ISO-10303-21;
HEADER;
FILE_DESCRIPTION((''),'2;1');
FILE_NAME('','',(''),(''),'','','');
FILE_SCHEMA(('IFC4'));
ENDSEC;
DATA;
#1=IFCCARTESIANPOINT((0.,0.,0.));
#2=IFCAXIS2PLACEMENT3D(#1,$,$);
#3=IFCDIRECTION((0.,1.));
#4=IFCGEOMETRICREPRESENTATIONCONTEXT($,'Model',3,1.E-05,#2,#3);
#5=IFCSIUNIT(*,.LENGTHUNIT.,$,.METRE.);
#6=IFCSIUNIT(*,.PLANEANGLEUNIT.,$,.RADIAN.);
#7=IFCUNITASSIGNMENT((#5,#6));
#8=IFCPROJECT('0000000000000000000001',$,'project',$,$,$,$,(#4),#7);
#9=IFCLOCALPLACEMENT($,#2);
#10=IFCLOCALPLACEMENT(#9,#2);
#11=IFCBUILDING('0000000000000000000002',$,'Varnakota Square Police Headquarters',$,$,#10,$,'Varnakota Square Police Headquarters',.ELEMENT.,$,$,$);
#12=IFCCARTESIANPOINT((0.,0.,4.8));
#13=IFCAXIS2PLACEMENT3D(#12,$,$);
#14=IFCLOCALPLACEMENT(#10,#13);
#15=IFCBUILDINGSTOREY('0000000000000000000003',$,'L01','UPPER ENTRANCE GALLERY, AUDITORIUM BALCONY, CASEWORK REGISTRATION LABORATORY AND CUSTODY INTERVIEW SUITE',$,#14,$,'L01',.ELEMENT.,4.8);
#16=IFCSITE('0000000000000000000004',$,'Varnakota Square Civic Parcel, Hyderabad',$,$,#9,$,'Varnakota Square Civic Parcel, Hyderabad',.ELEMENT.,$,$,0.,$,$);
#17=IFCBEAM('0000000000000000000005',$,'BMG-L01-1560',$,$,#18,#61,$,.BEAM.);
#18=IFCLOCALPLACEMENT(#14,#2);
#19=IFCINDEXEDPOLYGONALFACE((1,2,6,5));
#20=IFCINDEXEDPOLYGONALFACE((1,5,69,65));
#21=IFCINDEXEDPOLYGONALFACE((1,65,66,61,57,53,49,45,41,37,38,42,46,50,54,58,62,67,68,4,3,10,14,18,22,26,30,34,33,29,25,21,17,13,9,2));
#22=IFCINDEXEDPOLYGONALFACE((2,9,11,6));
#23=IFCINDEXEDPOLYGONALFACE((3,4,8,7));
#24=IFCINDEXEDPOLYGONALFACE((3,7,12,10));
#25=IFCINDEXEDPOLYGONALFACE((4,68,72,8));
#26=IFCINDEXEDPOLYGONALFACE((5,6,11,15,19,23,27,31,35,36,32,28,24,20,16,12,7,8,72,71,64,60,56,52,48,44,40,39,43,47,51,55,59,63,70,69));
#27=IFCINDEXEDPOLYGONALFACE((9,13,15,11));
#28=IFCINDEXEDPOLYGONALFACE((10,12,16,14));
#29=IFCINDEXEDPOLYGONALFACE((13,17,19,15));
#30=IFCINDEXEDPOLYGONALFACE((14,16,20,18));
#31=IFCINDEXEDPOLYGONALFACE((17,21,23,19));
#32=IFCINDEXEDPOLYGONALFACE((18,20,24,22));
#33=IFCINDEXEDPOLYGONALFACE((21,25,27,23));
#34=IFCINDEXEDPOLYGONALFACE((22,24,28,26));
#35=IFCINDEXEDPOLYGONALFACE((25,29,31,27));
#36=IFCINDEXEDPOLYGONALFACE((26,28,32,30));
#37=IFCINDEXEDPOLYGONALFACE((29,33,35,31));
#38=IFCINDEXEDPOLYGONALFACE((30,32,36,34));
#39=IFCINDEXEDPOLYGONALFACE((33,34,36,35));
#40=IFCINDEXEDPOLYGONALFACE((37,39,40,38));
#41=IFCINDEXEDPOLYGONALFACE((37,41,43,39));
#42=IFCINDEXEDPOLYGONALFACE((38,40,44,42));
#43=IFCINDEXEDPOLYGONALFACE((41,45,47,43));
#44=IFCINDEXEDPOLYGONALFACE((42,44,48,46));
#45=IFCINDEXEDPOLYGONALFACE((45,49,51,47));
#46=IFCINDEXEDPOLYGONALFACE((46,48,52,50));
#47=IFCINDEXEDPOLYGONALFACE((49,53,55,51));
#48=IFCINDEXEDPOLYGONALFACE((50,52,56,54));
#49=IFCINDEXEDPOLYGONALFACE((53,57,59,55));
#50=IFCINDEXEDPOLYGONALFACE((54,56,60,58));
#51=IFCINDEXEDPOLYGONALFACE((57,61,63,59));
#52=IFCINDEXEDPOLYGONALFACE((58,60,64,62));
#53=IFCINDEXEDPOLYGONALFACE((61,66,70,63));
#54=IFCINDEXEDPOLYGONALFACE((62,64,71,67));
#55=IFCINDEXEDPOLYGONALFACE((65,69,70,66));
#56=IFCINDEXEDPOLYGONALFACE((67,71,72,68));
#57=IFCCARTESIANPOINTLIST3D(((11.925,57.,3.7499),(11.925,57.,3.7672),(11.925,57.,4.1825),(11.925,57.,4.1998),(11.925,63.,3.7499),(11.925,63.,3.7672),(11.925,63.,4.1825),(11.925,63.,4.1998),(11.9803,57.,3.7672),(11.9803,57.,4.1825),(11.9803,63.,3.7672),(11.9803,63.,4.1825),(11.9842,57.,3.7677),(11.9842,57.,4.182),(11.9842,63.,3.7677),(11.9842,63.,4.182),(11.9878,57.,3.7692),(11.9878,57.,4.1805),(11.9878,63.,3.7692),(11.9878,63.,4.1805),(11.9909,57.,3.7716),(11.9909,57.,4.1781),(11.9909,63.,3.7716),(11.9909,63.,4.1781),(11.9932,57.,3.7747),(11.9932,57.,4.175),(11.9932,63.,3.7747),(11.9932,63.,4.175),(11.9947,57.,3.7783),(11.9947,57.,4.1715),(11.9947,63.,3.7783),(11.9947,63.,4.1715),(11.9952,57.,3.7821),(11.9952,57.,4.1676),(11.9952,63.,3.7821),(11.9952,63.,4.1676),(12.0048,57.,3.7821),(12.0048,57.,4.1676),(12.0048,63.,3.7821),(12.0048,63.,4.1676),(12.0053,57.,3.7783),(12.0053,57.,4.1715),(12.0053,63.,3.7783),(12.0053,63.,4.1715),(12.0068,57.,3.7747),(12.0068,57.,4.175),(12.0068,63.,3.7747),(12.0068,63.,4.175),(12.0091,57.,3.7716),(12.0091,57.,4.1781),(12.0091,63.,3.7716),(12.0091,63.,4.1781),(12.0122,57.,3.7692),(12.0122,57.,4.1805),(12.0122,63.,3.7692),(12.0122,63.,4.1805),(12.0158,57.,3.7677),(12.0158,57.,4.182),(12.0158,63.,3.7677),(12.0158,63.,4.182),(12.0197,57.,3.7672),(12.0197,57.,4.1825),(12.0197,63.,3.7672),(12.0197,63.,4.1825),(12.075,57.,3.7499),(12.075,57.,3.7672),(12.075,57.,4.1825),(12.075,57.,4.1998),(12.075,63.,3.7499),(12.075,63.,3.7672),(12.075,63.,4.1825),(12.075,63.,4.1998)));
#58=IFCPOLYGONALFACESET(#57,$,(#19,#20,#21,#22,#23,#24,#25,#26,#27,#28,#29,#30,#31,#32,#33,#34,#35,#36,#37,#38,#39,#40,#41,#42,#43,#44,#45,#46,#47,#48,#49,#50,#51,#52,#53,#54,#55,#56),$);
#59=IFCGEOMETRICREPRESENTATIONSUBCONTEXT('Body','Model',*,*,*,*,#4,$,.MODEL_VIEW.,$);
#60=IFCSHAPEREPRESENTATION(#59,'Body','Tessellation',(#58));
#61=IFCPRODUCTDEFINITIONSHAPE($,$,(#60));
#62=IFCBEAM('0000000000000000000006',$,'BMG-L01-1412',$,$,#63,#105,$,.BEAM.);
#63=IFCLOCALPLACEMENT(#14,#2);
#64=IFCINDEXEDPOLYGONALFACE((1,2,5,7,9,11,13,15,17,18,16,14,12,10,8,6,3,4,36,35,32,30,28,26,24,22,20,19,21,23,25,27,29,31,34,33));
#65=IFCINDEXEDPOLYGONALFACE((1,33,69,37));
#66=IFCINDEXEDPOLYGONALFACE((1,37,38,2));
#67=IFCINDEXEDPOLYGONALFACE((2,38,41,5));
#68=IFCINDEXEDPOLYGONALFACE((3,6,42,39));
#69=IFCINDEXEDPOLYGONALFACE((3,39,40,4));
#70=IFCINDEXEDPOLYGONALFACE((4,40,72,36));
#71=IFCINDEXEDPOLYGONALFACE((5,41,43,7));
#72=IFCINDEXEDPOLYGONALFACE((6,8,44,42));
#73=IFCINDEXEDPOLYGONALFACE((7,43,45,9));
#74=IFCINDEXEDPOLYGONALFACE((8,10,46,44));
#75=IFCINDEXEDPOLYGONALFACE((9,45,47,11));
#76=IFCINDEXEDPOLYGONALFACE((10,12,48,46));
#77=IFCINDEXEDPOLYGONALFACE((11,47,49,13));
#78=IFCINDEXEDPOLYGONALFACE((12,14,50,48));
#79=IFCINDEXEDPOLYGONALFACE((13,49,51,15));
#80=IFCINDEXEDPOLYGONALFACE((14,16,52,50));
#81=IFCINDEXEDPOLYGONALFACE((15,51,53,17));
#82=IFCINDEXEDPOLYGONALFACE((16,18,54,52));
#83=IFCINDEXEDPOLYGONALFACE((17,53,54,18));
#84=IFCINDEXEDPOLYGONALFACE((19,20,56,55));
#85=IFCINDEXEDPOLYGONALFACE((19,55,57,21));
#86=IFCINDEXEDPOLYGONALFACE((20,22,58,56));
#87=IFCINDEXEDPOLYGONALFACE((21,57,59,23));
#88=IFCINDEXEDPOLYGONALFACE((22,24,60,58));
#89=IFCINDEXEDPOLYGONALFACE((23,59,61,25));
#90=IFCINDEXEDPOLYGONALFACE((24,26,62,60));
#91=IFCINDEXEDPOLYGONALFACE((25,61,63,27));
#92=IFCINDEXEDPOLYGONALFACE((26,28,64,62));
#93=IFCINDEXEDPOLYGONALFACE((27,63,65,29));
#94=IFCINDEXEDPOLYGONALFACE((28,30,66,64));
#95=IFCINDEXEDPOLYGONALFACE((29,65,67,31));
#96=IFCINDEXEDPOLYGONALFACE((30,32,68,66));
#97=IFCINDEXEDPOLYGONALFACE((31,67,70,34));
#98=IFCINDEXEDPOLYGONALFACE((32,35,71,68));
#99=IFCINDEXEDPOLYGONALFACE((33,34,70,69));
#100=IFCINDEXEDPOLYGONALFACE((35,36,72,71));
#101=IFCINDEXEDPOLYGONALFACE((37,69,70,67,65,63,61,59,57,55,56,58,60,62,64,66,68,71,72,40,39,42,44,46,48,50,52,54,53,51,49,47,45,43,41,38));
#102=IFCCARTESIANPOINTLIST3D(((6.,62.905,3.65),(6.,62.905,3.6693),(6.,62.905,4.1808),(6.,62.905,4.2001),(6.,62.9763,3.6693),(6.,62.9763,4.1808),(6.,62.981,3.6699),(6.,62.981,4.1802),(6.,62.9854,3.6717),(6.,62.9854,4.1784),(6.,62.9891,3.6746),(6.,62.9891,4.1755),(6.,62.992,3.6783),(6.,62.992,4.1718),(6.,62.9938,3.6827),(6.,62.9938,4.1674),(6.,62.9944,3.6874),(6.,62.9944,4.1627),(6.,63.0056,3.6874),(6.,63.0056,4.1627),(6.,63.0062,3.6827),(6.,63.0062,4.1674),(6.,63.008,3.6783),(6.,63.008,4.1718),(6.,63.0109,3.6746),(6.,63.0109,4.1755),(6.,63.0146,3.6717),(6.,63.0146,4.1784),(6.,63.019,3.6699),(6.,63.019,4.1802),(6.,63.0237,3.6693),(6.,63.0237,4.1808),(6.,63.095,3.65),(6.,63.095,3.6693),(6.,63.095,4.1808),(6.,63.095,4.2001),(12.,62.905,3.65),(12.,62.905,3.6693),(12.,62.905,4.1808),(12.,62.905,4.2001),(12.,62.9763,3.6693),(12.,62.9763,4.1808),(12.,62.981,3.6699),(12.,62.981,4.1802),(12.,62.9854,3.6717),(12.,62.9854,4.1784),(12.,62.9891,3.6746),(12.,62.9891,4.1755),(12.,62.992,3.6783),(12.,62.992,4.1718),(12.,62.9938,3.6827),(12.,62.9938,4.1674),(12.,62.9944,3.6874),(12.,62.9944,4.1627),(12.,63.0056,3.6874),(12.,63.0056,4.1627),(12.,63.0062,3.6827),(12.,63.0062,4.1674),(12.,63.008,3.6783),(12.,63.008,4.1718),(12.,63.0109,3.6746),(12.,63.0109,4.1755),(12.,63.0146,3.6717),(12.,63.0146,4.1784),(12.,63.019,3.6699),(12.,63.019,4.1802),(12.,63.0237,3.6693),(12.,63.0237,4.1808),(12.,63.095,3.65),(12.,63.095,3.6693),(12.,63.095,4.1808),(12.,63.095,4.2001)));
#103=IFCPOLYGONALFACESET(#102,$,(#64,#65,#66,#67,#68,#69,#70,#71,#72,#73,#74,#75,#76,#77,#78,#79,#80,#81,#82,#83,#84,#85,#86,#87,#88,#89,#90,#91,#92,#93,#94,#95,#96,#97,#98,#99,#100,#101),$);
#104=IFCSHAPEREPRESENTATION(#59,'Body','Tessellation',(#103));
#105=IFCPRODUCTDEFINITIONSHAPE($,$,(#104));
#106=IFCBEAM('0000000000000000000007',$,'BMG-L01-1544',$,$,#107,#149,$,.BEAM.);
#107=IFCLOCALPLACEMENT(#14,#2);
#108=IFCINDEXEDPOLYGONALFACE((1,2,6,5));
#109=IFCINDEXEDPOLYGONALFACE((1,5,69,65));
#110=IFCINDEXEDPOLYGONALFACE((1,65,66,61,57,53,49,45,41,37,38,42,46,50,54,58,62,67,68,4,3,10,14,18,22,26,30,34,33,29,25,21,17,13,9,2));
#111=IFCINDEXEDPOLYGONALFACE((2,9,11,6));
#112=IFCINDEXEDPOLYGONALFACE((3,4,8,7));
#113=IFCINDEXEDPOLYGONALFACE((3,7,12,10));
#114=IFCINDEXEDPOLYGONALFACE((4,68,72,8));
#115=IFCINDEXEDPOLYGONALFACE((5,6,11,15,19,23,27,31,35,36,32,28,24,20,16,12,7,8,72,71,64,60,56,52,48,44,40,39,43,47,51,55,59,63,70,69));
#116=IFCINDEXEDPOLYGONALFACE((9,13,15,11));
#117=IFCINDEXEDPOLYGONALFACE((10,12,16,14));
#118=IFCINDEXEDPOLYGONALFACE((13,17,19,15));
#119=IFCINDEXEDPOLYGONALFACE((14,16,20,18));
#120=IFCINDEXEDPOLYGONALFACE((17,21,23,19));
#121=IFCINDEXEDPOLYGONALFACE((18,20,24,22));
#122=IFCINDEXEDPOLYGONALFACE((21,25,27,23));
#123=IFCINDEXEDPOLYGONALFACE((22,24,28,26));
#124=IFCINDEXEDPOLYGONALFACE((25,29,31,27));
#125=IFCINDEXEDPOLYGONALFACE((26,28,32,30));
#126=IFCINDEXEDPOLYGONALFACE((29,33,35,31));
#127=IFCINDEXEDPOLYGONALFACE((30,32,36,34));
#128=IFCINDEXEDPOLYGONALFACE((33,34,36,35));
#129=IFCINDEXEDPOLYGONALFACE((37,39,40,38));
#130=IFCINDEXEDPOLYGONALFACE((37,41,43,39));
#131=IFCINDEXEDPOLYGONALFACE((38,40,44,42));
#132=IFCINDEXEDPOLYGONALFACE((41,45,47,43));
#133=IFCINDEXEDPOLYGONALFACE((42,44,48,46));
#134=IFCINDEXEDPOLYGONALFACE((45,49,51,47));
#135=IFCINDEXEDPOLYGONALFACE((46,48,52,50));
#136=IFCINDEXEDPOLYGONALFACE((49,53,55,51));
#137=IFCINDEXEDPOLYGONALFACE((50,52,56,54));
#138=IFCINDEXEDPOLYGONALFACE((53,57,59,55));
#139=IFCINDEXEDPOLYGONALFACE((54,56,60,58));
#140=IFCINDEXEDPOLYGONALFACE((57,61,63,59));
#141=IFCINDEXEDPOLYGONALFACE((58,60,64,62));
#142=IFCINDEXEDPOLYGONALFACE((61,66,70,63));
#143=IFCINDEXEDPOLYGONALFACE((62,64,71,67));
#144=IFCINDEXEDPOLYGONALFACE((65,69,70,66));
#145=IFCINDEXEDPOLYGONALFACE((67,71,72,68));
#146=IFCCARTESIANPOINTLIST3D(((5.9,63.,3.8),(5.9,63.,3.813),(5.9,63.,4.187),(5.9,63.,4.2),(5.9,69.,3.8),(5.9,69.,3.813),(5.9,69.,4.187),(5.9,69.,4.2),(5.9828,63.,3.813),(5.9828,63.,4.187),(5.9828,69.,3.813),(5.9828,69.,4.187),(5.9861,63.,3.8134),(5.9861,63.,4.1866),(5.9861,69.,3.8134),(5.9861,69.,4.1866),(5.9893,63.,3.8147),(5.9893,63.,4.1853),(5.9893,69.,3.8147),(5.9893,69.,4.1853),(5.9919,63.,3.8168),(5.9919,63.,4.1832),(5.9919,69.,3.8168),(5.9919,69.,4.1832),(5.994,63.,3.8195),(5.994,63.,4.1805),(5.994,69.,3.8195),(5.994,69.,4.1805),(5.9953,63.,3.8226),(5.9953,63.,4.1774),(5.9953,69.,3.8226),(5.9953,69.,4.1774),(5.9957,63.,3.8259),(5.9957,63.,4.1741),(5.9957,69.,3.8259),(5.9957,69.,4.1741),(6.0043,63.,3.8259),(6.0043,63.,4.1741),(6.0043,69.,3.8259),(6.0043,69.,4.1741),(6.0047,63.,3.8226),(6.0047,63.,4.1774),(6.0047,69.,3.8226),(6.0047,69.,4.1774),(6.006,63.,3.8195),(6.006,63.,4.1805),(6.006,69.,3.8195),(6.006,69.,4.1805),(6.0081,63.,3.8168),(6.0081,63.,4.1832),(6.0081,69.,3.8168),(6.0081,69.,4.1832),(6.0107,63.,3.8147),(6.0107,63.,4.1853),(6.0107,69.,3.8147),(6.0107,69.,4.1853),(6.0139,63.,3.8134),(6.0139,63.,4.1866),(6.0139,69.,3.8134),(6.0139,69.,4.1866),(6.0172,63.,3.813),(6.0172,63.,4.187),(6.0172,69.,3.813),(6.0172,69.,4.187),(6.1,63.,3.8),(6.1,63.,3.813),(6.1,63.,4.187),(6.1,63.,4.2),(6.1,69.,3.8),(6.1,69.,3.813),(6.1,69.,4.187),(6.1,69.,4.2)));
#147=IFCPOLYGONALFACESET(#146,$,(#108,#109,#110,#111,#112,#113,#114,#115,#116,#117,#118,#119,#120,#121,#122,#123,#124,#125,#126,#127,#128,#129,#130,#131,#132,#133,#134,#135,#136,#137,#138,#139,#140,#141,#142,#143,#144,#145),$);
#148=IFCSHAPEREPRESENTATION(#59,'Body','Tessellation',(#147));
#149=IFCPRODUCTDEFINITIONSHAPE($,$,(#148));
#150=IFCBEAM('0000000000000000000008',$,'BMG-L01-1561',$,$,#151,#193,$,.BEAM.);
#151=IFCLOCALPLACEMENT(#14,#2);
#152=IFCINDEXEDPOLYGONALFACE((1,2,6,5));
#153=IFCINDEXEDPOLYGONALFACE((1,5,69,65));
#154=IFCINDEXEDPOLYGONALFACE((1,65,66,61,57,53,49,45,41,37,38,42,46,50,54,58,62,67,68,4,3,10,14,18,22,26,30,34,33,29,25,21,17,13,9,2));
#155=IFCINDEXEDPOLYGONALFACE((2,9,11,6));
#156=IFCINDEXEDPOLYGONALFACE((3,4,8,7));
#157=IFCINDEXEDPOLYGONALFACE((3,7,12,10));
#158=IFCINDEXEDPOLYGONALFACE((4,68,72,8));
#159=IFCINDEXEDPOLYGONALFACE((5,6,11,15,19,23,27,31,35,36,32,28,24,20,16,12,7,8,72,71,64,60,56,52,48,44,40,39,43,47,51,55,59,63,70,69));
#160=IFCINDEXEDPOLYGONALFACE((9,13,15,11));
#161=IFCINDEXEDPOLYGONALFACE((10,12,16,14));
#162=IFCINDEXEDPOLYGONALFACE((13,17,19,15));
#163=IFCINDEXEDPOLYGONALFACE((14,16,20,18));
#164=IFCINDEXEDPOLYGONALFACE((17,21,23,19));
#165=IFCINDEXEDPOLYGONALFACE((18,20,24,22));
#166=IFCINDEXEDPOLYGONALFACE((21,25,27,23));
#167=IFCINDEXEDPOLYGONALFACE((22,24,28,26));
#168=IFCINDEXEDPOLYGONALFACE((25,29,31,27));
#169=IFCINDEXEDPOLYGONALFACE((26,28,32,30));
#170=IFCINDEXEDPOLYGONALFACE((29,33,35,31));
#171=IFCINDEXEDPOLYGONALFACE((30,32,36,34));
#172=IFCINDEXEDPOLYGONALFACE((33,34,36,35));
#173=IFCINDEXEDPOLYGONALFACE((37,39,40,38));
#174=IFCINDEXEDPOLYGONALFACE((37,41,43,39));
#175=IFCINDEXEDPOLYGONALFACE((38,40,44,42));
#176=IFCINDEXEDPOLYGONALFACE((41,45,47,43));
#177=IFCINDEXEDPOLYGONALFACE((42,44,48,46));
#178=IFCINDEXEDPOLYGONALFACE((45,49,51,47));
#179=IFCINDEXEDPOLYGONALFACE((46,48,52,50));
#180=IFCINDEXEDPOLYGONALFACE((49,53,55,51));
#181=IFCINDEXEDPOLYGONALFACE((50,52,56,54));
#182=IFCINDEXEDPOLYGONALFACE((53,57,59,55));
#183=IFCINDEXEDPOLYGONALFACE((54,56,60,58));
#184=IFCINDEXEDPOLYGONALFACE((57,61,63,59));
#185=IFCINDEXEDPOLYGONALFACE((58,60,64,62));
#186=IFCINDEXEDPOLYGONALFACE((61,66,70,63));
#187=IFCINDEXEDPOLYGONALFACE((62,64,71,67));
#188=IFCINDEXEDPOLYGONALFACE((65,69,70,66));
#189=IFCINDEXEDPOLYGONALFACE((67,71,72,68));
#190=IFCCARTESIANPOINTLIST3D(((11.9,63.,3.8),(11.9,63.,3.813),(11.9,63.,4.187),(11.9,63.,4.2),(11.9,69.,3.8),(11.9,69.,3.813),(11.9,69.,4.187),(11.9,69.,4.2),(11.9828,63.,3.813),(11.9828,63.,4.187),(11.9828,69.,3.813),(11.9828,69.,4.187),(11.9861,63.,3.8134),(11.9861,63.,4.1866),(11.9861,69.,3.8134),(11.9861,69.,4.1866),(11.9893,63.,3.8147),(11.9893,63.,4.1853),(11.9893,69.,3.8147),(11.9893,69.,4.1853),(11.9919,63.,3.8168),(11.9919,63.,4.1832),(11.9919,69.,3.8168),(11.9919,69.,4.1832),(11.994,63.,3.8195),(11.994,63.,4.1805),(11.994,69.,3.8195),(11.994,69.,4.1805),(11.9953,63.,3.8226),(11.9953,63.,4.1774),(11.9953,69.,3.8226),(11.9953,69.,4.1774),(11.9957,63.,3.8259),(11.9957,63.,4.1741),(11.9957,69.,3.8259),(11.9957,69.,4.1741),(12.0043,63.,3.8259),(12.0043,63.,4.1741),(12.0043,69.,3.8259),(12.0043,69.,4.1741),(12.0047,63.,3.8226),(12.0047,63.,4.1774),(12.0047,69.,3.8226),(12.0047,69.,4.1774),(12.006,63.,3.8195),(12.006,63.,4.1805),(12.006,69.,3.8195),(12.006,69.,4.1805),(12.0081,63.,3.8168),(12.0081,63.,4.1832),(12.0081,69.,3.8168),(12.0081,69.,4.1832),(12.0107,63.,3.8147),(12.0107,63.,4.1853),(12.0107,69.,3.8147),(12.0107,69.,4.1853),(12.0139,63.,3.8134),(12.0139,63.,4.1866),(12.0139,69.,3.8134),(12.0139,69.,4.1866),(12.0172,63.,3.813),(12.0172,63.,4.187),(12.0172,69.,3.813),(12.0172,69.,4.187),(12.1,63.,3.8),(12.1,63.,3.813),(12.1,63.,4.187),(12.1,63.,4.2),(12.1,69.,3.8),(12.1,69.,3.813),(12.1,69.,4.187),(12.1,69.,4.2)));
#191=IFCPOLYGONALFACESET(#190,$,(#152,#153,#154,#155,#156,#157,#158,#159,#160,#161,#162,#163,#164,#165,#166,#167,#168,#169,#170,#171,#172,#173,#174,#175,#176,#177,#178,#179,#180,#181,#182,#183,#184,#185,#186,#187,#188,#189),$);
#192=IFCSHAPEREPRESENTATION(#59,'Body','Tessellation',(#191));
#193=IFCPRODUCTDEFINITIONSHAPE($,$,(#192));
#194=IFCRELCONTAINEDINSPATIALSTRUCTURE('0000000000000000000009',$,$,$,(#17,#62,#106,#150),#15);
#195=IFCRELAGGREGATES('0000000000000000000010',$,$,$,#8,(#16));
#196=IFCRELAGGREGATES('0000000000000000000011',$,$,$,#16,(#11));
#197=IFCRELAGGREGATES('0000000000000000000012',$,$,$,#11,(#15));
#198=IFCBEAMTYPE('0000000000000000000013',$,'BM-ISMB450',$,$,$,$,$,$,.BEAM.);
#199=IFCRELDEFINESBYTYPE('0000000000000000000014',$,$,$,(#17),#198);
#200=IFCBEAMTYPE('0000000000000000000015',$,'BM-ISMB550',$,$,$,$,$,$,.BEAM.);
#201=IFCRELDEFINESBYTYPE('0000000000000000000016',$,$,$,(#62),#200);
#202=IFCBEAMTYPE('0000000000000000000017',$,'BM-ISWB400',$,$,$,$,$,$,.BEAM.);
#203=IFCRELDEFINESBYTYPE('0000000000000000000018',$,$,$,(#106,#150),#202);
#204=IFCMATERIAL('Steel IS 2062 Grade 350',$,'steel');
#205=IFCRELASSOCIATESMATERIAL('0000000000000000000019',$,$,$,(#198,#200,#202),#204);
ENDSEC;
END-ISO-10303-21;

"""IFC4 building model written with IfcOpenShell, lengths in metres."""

from ifc_helpers import new_model, si_unit, direction, frame, origin, origin_2d, place, context, subcontext, project, spatial, i_section, extrude, material, material_profile, profile_set, type_object, element, save


model = new_model("IFC4")

# Units and contexts
model_context = context("Model", 3, precision=1e-05, world=origin(), true_north=direction((0.0, 1.0)))
body_context = subcontext(model_context, "Body", "Model", "MODEL_VIEW")
ifc_project = project(units=[si_unit("LENGTHUNIT", "METRE"), si_unit("PLANEANGLEUNIT", "RADIAN")], contexts=[model_context])

# Site, building, storey
site_placement = place(None, origin())
site = spatial("IfcSite", under=ifc_project, at=site_placement, Name="Varnakota Square Civic Parcel, Hyderabad", LongName="Varnakota Square Civic Parcel, Hyderabad", CompositionType="ELEMENT", RefElevation=0.0)
building_placement = place(site_placement, origin())
building = spatial("IfcBuilding", under=site, at=building_placement, Name="Varnakota Square Police Headquarters", LongName="Varnakota Square Police Headquarters", CompositionType="ELEMENT")
storey_placement = place(building_placement, frame((0.0, 0.0, 4.8)))
storey = spatial("IfcBuildingStorey", under=building, at=storey_placement, Name="L01", Description="UPPER ENTRANCE GALLERY, AUDITORIUM BALCONY, CASEWORK REGISTRATION LABORATORY AND CUSTODY INTERVIEW SUITE", LongName="L01", CompositionType="ELEMENT", Elevation=4.8)

# Shared definitions
ifc_material_1 = material(Name="Steel IS 2062 Grade 350", Category="steel")

# Beams
ifc_material_profile_1 = material_profile(ifc_material_1, i_section(OverallWidth=0.1499, OverallDepth=0.45, WebThickness=0.0095, FlangeThickness=0.0173, FilletRadius=0.0149, at=origin_2d()), Name="ISMB 450")
ifc_profile_set_1 = profile_set([ifc_material_profile_1], Name="Steel IS 2062 Grade 350")
beam_type_1 = type_object("IfcBeamType", Name="BM-ISMB450", PredefinedType="BEAM", material=ifc_profile_set_1)
beam_1_placement = place(storey_placement, frame((12.0, 57.0, 3.9749), z_axis=(0.0, 1.0, 0.0), x_axis=(-1.0, 0.0, 0.0)))
element("IfcBeam", 1, at=beam_1_placement, inside=storey, type_object=beam_type_1, Name="BMG-L01-1560", PredefinedType="BEAM", context=body_context, shape_type="SweptSolid", body=[
    extrude(i_section(OverallWidth=0.1499, OverallDepth=0.45, WebThickness=0.0095, FlangeThickness=0.0173, FilletRadius=0.0149, at=origin_2d()), origin(), (0.0, 0.0, 1.0), 6.0),
])
ifc_material_profile_2 = material_profile(ifc_material_1, i_section(OverallWidth=0.1899, OverallDepth=0.55, WebThickness=0.0112, FlangeThickness=0.0193, FilletRadius=0.0181, at=origin_2d()), Name="ISMB 550")
ifc_profile_set_2 = profile_set([ifc_material_profile_2], Name="Steel IS 2062 Grade 350")
beam_type_2 = type_object("IfcBeamType", Name="BM-ISMB550", PredefinedType="BEAM", material=ifc_profile_set_2)
beam_2_placement = place(storey_placement, frame((6.0, 63.0, 3.925), z_axis=(1.0, 0.0, 0.0), x_axis=(0.0, 1.0, 0.0)))
element("IfcBeam", 2, at=beam_2_placement, inside=storey, type_object=beam_type_2, Name="BMG-L01-1412", PredefinedType="BEAM", context=body_context, shape_type="SweptSolid", body=[
    extrude(i_section(OverallWidth=0.1899, OverallDepth=0.55, WebThickness=0.0112, FlangeThickness=0.0193, FilletRadius=0.0181, at=origin_2d()), origin(), (0.0, 0.0, 1.0), 6.0),
])
ifc_material_profile_3 = material_profile(ifc_material_1, i_section(OverallWidth=0.2, OverallDepth=0.3999, WebThickness=0.0085, FlangeThickness=0.0129, FilletRadius=0.0129, at=origin_2d()), Name="ISWB 400")
ifc_profile_set_3 = profile_set([ifc_material_profile_3], Name="Steel IS 2062 Grade 350")
beam_type_3 = type_object("IfcBeamType", Name="BM-ISWB400", PredefinedType="BEAM", material=ifc_profile_set_3)
for number, where, z_axis, x_axis, name in (
    (3, (6.0, 63.0, 4.0), (0.0, 1.0, 0.0), (-1.0, 0.0, 0.0), "BMG-L01-1544"),
    (4, (12.0, 63.0, 4.0), (0.0, 1.0, 0.0), (-1.0, 0.0, 0.0), "BMG-L01-1561"),
):
    element("IfcBeam", number, at=place(storey_placement, frame(where, z_axis=z_axis, x_axis=x_axis)), inside=storey, type_object=beam_type_3, Name=name, PredefinedType="BEAM", context=body_context, shape_type="SweptSolid", body=[
        extrude(i_section(OverallWidth=0.2, OverallDepth=0.3999, WebThickness=0.0085, FlangeThickness=0.0129, FilletRadius=0.0129, at=origin_2d()), origin(), (0.0, 0.0, 1.0), 6.0),
    ])

save(model, "model.ifc")
